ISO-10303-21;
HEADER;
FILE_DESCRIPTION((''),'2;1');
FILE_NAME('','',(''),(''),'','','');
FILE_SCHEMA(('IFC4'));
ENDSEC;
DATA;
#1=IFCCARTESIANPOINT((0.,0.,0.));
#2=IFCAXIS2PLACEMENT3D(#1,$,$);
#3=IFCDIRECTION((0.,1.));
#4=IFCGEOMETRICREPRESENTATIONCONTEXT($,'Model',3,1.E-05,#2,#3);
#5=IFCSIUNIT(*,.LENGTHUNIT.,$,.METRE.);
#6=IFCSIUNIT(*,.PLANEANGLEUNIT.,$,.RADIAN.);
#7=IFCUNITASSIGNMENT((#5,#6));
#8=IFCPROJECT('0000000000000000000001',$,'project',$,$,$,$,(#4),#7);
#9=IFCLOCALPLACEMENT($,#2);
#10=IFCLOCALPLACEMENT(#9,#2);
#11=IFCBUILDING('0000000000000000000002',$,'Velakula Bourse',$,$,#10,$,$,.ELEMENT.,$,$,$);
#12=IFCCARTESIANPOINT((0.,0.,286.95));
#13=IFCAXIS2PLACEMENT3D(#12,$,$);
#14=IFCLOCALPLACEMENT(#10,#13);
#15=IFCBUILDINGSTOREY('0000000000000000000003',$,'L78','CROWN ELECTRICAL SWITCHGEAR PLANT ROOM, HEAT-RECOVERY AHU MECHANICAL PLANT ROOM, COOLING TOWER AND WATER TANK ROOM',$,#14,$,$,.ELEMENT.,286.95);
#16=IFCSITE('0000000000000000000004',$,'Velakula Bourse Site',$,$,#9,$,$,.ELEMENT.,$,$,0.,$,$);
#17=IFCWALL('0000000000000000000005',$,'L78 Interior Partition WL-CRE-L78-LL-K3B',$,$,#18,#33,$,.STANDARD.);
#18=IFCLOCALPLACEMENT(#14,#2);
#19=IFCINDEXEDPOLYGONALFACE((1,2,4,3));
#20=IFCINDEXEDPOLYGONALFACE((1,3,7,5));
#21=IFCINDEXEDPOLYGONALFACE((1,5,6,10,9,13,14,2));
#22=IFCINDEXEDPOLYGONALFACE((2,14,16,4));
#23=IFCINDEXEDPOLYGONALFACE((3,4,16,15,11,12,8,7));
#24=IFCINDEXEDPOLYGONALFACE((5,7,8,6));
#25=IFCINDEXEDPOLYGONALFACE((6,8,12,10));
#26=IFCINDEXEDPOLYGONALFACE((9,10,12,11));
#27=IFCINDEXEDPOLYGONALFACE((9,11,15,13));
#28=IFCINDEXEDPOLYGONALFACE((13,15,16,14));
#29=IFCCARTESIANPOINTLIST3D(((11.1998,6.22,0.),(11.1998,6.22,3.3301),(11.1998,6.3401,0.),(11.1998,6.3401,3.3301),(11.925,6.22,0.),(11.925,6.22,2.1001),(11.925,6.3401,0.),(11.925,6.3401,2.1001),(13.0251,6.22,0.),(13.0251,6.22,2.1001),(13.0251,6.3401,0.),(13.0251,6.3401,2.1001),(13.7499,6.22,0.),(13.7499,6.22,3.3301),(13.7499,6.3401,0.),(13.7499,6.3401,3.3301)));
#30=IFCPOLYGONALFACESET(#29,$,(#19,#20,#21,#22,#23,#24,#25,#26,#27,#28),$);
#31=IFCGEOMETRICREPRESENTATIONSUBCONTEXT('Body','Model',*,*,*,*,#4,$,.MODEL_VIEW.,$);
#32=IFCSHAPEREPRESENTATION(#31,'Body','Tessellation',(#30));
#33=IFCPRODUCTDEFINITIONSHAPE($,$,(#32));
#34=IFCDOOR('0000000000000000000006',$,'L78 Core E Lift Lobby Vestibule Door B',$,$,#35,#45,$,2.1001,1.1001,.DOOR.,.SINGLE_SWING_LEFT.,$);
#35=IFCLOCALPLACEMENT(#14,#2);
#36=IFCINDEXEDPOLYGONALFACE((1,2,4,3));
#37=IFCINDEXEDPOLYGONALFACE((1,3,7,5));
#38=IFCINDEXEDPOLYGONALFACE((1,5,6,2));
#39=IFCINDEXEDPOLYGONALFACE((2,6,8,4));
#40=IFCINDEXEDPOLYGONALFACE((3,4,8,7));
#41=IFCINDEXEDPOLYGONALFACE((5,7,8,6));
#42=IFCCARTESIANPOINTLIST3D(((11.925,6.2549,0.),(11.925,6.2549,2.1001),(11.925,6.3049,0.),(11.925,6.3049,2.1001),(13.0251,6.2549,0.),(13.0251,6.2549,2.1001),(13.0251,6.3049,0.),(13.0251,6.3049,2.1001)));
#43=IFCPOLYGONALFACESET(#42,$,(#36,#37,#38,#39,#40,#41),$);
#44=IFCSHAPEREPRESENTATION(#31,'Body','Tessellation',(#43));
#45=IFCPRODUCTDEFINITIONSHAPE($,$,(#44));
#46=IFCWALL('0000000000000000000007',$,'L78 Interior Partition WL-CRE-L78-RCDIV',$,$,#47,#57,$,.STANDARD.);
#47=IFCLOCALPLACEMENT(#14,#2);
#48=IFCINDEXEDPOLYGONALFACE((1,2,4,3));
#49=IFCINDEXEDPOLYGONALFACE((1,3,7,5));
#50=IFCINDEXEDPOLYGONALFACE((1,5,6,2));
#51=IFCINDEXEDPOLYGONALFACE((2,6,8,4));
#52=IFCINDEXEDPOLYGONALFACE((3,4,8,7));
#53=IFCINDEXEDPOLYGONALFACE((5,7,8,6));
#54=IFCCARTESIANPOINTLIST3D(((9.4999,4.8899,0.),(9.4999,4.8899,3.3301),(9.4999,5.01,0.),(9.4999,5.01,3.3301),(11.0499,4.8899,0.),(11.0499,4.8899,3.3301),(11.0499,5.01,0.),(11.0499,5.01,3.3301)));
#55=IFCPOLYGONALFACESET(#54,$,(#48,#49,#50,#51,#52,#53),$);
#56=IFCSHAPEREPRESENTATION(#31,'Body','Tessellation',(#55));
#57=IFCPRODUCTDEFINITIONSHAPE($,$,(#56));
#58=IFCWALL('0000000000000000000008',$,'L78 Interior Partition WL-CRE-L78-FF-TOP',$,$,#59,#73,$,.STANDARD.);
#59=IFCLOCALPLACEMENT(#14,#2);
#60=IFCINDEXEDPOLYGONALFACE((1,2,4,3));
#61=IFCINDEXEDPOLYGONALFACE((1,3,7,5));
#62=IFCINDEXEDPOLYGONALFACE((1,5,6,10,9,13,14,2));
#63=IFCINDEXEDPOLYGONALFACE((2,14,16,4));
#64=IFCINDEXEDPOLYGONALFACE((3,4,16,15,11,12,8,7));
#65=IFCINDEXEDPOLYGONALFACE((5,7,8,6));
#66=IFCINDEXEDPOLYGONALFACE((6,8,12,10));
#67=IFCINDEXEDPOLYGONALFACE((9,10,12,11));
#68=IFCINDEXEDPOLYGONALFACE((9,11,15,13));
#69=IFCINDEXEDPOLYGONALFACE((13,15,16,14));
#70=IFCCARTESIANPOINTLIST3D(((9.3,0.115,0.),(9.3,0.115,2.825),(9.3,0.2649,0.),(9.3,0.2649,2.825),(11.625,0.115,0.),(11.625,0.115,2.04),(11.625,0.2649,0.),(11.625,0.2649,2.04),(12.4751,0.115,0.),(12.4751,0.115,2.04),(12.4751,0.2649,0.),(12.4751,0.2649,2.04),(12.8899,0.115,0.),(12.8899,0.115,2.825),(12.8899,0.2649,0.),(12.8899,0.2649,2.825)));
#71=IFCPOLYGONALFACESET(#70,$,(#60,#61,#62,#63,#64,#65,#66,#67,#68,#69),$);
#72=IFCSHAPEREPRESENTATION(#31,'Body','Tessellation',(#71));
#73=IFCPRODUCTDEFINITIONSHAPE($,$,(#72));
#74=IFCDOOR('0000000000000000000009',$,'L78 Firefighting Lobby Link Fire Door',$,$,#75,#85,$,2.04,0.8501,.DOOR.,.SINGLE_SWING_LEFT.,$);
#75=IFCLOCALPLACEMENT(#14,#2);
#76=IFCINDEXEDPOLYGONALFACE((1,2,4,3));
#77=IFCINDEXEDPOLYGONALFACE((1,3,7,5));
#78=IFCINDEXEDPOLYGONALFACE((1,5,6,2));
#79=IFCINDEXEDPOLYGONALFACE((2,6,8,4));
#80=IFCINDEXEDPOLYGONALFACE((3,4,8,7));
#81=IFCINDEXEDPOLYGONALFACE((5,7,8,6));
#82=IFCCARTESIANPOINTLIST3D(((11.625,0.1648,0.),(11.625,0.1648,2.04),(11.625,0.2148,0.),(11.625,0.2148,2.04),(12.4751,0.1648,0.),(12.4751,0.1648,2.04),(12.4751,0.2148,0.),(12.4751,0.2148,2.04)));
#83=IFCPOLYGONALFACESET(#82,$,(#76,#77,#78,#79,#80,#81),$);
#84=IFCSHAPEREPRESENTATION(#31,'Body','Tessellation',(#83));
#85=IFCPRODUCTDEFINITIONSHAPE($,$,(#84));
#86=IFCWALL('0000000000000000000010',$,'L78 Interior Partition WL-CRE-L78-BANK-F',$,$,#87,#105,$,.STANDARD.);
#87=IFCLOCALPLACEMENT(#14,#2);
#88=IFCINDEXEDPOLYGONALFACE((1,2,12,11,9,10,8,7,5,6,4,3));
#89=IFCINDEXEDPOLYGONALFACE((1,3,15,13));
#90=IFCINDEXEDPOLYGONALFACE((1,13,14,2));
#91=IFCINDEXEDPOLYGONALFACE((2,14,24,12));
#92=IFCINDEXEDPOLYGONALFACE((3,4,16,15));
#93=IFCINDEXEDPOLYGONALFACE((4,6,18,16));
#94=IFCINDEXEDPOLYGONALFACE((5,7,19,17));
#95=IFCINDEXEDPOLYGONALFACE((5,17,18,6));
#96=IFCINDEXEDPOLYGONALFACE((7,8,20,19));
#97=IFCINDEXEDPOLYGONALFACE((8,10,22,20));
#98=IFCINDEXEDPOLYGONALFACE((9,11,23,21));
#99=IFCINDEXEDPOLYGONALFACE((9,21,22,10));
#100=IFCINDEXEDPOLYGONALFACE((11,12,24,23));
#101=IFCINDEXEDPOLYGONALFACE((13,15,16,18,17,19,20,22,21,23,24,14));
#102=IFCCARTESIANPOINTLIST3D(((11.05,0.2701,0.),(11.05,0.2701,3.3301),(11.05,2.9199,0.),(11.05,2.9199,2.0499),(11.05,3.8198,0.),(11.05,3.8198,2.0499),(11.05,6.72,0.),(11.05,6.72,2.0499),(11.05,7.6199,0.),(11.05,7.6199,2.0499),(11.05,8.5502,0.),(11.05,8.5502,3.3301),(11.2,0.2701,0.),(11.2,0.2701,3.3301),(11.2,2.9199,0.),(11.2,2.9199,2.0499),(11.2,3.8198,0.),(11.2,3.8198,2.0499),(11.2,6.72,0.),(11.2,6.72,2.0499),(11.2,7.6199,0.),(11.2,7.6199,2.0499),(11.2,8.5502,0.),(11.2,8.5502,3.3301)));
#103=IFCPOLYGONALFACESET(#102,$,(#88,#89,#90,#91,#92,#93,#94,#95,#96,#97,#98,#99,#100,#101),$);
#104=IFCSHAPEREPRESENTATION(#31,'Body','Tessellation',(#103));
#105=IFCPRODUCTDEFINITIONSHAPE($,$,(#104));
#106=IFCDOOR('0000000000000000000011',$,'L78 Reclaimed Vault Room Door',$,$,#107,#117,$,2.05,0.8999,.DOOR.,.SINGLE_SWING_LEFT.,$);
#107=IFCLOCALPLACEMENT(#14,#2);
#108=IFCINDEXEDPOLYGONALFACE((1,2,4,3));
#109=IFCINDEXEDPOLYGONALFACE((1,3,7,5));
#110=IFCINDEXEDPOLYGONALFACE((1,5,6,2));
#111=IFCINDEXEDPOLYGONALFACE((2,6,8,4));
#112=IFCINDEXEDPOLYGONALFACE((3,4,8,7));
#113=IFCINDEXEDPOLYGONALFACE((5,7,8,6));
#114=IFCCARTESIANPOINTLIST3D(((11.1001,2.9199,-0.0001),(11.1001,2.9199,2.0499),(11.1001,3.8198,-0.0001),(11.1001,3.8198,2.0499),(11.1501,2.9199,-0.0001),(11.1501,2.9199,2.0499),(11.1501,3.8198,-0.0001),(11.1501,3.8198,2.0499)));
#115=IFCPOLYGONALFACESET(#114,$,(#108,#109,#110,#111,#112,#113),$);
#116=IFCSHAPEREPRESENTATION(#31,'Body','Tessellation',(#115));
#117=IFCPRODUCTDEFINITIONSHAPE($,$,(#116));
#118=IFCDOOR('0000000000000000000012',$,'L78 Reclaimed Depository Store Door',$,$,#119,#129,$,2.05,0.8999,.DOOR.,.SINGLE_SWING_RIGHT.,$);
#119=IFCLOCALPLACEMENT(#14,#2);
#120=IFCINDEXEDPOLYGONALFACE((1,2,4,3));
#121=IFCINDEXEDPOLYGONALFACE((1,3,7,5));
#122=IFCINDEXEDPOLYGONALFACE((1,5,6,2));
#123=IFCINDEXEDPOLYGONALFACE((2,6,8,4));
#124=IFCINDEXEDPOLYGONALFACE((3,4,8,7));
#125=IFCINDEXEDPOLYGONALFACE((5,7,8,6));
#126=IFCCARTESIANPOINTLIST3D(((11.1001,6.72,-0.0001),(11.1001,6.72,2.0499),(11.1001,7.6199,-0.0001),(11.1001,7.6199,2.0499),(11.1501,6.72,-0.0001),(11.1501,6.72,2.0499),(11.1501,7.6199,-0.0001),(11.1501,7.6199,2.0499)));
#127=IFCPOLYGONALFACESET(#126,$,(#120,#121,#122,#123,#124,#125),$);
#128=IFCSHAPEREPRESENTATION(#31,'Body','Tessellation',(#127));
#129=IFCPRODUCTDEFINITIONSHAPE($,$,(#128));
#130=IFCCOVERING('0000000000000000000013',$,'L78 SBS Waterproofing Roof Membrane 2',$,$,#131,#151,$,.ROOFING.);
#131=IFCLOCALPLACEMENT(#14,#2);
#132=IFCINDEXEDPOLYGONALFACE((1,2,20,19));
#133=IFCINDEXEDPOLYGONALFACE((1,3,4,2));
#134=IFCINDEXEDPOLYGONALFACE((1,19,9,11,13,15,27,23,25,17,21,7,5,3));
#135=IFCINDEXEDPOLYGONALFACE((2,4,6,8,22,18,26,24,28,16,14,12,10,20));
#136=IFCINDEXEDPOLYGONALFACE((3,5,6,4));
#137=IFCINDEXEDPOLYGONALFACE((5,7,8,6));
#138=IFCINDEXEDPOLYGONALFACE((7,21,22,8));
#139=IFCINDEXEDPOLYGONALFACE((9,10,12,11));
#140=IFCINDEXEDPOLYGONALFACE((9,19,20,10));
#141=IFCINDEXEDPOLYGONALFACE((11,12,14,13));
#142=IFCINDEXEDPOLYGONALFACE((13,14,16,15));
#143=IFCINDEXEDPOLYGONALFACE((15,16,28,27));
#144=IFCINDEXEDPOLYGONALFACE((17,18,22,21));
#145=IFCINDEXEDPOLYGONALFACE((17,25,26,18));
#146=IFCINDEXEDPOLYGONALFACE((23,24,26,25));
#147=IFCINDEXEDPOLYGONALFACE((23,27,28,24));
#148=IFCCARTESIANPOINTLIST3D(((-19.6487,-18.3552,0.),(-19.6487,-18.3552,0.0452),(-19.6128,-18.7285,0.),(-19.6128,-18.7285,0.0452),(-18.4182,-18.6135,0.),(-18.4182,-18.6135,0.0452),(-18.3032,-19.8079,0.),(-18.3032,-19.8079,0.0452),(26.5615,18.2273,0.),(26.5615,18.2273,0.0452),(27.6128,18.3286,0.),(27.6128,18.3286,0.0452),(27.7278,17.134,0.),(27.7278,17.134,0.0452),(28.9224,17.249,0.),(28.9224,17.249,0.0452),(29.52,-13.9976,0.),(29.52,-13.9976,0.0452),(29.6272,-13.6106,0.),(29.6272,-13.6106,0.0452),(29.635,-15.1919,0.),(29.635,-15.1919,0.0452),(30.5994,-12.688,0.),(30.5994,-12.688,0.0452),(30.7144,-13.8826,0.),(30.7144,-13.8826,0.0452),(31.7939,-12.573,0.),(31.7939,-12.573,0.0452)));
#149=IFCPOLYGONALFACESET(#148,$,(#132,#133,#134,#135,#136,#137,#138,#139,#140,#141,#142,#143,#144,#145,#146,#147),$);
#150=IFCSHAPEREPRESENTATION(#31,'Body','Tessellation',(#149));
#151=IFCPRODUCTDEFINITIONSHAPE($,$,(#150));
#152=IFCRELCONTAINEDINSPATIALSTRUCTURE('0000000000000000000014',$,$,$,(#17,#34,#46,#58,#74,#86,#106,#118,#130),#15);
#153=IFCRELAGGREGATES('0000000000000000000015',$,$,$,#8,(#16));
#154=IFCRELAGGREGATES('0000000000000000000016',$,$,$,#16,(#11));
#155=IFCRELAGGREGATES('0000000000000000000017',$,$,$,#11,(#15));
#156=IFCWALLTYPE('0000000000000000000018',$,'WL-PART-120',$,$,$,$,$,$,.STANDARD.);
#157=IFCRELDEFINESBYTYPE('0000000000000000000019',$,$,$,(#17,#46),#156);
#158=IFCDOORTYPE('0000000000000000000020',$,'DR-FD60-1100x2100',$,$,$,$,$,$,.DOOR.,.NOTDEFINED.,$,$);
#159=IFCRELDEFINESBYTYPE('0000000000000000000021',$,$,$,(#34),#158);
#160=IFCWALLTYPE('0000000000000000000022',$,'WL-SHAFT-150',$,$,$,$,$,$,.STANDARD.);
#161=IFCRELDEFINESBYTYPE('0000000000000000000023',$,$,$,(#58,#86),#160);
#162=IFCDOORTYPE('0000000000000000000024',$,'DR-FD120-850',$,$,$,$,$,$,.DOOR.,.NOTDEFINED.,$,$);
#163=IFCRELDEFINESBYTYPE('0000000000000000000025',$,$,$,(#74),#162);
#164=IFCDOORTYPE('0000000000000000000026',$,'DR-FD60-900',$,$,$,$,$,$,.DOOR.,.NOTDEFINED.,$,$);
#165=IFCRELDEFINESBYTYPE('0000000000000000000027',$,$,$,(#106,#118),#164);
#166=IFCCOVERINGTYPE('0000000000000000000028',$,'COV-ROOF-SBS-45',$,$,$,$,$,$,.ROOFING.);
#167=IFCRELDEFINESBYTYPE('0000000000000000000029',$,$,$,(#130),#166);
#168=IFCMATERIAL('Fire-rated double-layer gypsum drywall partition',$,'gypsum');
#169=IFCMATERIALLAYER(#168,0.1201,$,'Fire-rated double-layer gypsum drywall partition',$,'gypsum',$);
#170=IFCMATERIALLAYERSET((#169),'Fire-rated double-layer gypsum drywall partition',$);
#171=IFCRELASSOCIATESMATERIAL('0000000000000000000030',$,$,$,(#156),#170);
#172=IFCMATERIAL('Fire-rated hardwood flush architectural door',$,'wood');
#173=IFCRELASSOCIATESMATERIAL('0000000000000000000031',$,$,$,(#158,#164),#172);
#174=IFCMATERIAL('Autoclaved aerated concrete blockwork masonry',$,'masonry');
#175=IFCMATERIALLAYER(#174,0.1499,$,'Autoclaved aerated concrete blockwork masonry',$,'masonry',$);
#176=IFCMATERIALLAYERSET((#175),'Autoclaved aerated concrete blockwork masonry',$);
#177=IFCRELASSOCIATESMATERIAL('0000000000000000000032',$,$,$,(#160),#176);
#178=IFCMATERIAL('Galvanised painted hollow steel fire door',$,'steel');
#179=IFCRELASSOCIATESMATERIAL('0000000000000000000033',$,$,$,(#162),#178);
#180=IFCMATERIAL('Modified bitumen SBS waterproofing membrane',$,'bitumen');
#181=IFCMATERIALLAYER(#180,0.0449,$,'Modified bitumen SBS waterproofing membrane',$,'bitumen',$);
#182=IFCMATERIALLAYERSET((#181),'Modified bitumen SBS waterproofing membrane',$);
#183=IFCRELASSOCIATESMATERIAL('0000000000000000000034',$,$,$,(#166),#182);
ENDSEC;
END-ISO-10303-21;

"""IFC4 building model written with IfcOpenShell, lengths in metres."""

from ifc_helpers import new_model, si_unit, direction, frame, frame_2d, origin, place, context, subcontext, project, spatial, polyline, rectangle, outline, extrude, material, layer, layer_set, type_object, element, fill, save


model = new_model("IFC4")

# Units and contexts
model_context = context("Model", 3, precision=1e-05, world=origin(), true_north=direction((0.0, 1.0)))
body_context = subcontext(model_context, "Body", "Model", "MODEL_VIEW")
ifc_project = project(units=[si_unit("LENGTHUNIT", "METRE"), si_unit("PLANEANGLEUNIT", "RADIAN")], contexts=[model_context])

# Site, building, storey
site_placement = place(None, origin())
site = spatial("IfcSite", under=ifc_project, at=site_placement, Name="Velakula Bourse Site", CompositionType="ELEMENT", RefElevation=0.0)
building_placement = place(site_placement, origin())
building = spatial("IfcBuilding", under=site, at=building_placement, Name="Velakula Bourse", CompositionType="ELEMENT")
storey_placement = place(building_placement, frame((0.0, 0.0, 286.95)))
storey = spatial("IfcBuildingStorey", under=building, at=storey_placement, Name="L78", Description="CROWN ELECTRICAL SWITCHGEAR PLANT ROOM, HEAT-RECOVERY AHU MECHANICAL PLANT ROOM, COOLING TOWER AND WATER TANK ROOM", CompositionType="ELEMENT", Elevation=286.95)

# Wall, opening, door
ifc_material_1 = material(Name="Fire-rated double-layer gypsum drywall partition", Category="gypsum")
ifc_layer_1 = layer(ifc_material_1, 0.1201, Name="Fire-rated double-layer gypsum drywall partition", Category="gypsum")
ifc_layer_set_1 = layer_set([ifc_layer_1], Name="Fire-rated double-layer gypsum drywall partition")
wall_type_1 = type_object("IfcWallType", Name="WL-PART-120", PredefinedType="STANDARD", material=ifc_layer_set_1)
ifc_material_2 = material(Name="Fire-rated hardwood flush architectural door", Category="wood")
door_type_1 = type_object("IfcDoorType", Name="DR-FD60-1100x2100", OperationType="NOTDEFINED", PredefinedType="DOOR", material=ifc_material_2)
wall_1_placement = place(storey_placement, frame((11.2, 6.28, 0.0), z_axis=(0.0, 0.0, 1.0), x_axis=(1.0, 0.0, 0.0)))
wall_1 = element("IfcWall", 1, at=wall_1_placement, inside=storey, type_object=wall_type_1, Name="L78 Interior Partition WL-CRE-L78-LL-K3B", PredefinedType="STANDARD", context=body_context, shape_type="SweptSolid", body=[
    extrude(rectangle(XDim=2.55, YDim=0.1201, at=frame_2d((1.2749, 0.0))), origin(), (0.0, 0.0, 1.0), 3.3301),
])
opening_1_placement = place(wall_1_placement, frame((0.7251, 0.0, 0.0)))
opening_1 = element("IfcOpeningElement", 2, at=opening_1_placement, cuts=wall_1, PredefinedType="OPENING", context=body_context, shape_type="SweptSolid", body=[
    extrude(rectangle(XDim=1.1001, YDim=2.1001, at=frame_2d((0.55, 1.05))), frame((0.0, 0.0701, 0.0), z_axis=(0.0, -1.0, 0.0), x_axis=(1.0, 0.0, 0.0)), (0.0, 0.0, 1.0), 0.1401),
])
door_1_placement = place(opening_1_placement, origin())
door_1 = element("IfcDoor", 3, at=door_1_placement, inside=storey, type_object=door_type_1, Name="L78 Core E Lift Lobby Vestibule Door B", OperationType="SINGLE_SWING_LEFT", OverallHeight=2.1001, OverallWidth=1.1001, PredefinedType="DOOR", context=body_context, shape_type="SweptSolid", body=[
    extrude(rectangle(XDim=1.1001, YDim=2.1001, at=frame_2d((0.55, 1.05))), frame((0.0, 0.0249, 0.0), z_axis=(0.0, -1.0, 0.0), x_axis=(1.0, 0.0, 0.0)), (0.0, 0.0, 1.0), 0.05),
])
fill(opening_1, door_1)

# Wall
wall_2_placement = place(storey_placement, frame((9.5, 4.95, 0.0), z_axis=(0.0, 0.0, 1.0), x_axis=(1.0, 0.0, 0.0)))
element("IfcWall", 4, at=wall_2_placement, inside=storey, type_object=wall_type_1, Name="L78 Interior Partition WL-CRE-L78-RCDIV", PredefinedType="STANDARD", context=body_context, shape_type="SweptSolid", body=[
    extrude(rectangle(XDim=1.55, YDim=0.1201, at=frame_2d((0.7749, 0.0))), origin(), (0.0, 0.0, 1.0), 3.3301),
])

# Wall, opening, door
ifc_material_3 = material(Name="Autoclaved aerated concrete blockwork masonry", Category="masonry")
ifc_layer_2 = layer(ifc_material_3, 0.1499, Name="Autoclaved aerated concrete blockwork masonry", Category="masonry")
ifc_layer_set_2 = layer_set([ifc_layer_2], Name="Autoclaved aerated concrete blockwork masonry")
wall_type_2 = type_object("IfcWallType", Name="WL-SHAFT-150", PredefinedType="STANDARD", material=ifc_layer_set_2)
wall_3_placement = place(storey_placement, frame((9.3, 0.1899, 0.0), z_axis=(0.0, 0.0, 1.0), x_axis=(1.0, 0.0, 0.0)))
wall_3 = element("IfcWall", 5, at=wall_3_placement, inside=storey, type_object=wall_type_2, Name="L78 Interior Partition WL-CRE-L78-FF-TOP", PredefinedType="STANDARD", context=body_context, shape_type="SweptSolid", body=[
    extrude(rectangle(XDim=3.5898, YDim=0.1499, at=frame_2d((1.7949, 0.0))), origin(), (0.0, 0.0, 1.0), 2.825),
])
opening_2_placement = place(wall_3_placement, frame((2.325, 0.0, 0.0)))
opening_2 = element("IfcOpeningElement", 6, at=opening_2_placement, cuts=wall_3, PredefinedType="OPENING", context=body_context, shape_type="SweptSolid", body=[
    extrude(rectangle(XDim=0.8501, YDim=2.04, at=frame_2d((0.425, 1.02))), frame((0.0, 0.085, 0.0), z_axis=(0.0, -1.0, 0.0), x_axis=(1.0, 0.0, 0.0)), (0.0, 0.0, 1.0), 0.1699),
])
ifc_material_4 = material(Name="Galvanised painted hollow steel fire door", Category="steel")
door_type_2 = type_object("IfcDoorType", Name="DR-FD120-850", OperationType="NOTDEFINED", PredefinedType="DOOR", material=ifc_material_4)
door_2_placement = place(opening_2_placement, origin())
door_2 = element("IfcDoor", 7, at=door_2_placement, inside=storey, type_object=door_type_2, Name="L78 Firefighting Lobby Link Fire Door", OperationType="SINGLE_SWING_LEFT", OverallHeight=2.04, OverallWidth=0.8501, PredefinedType="DOOR", context=body_context, shape_type="SweptSolid", body=[
    extrude(rectangle(XDim=0.8501, YDim=2.04, at=frame_2d((0.425, 1.02))), frame((0.0, 0.0249, 0.0), z_axis=(0.0, -1.0, 0.0), x_axis=(1.0, 0.0, 0.0)), (0.0, 0.0, 1.0), 0.05),
])
fill(opening_2, door_2)

# Wall, openings, doors
wall_4_placement = place(storey_placement, frame((11.125, 0.27, 0.0), z_axis=(0.0, 0.0, 1.0), x_axis=(0.0, 1.0, 0.0)))
wall_4 = element("IfcWall", 8, at=wall_4_placement, inside=storey, type_object=wall_type_2, Name="L78 Interior Partition WL-CRE-L78-BANK-F", PredefinedType="STANDARD", context=body_context, shape_type="SweptSolid", body=[
    extrude(rectangle(XDim=8.28, YDim=0.1499, at=frame_2d((4.1401, 0.0))), origin(), (0.0, 0.0, 1.0), 3.3301),
])
opening_3_placement = place(wall_4_placement, frame((2.6499, 0.0, 0.0)))
opening_3 = element("IfcOpeningElement", 9, at=opening_3_placement, cuts=wall_4, PredefinedType="OPENING", context=body_context, shape_type="SweptSolid", body=[
    extrude(rectangle(XDim=0.8999, YDim=2.05, at=frame_2d((0.45, 1.0249))), frame((0.0, 0.085, 0.0), z_axis=(0.0, -1.0, 0.0), x_axis=(1.0, 0.0, 0.0)), (0.0, 0.0, 1.0), 0.1699),
])
opening_4_placement = place(wall_4_placement, frame((6.45, 0.0, 0.0)))
opening_4 = element("IfcOpeningElement", 10, at=opening_4_placement, cuts=wall_4, PredefinedType="OPENING", context=body_context, shape_type="SweptSolid", body=[
    extrude(rectangle(XDim=0.8999, YDim=2.05, at=frame_2d((0.45, 1.0249))), frame((0.0, 0.085, 0.0), z_axis=(0.0, -1.0, 0.0), x_axis=(1.0, 0.0, 0.0)), (0.0, 0.0, 1.0), 0.1699),
])
door_type_3 = type_object("IfcDoorType", Name="DR-FD60-900", OperationType="NOTDEFINED", PredefinedType="DOOR", material=ifc_material_2)
door_3_placement = place(opening_3_placement, origin())
door_3 = element("IfcDoor", 11, at=door_3_placement, inside=storey, type_object=door_type_3, Name="L78 Reclaimed Vault Room Door", OperationType="SINGLE_SWING_LEFT", OverallHeight=2.05, OverallWidth=0.8999, PredefinedType="DOOR", context=body_context, shape_type="SweptSolid", body=[
    extrude(rectangle(XDim=0.8999, YDim=2.05, at=frame_2d((0.45, 1.0249))), frame((0.0, 0.0249, 0.0), z_axis=(0.0, -1.0, 0.0), x_axis=(1.0, 0.0, 0.0)), (0.0, 0.0, 1.0), 0.05),
])
fill(opening_3, door_3)
door_4_placement = place(opening_4_placement, origin())
door_4 = element("IfcDoor", 12, at=door_4_placement, inside=storey, type_object=door_type_3, Name="L78 Reclaimed Depository Store Door", OperationType="SINGLE_SWING_RIGHT", OverallHeight=2.05, OverallWidth=0.8999, PredefinedType="DOOR", context=body_context, shape_type="SweptSolid", body=[
    extrude(rectangle(XDim=0.8999, YDim=2.05, at=frame_2d((0.45, 1.0249))), frame((0.0, 0.0249, 0.0), z_axis=(0.0, -1.0, 0.0), x_axis=(1.0, 0.0, 0.0)), (0.0, 0.0, 1.0), 0.05),
])
fill(opening_4, door_4)

# Covering
ifc_material_5 = material(Name="Modified bitumen SBS waterproofing membrane", Category="bitumen")
ifc_layer_3 = layer(ifc_material_5, 0.0449, Name="Modified bitumen SBS waterproofing membrane", Category="bitumen")
ifc_layer_set_3 = layer_set([ifc_layer_3], Name="Modified bitumen SBS waterproofing membrane")
covering_type = type_object("IfcCoveringType", Name="COV-ROOF-SBS-45", PredefinedType="ROOFING", material=ifc_layer_set_3)
covering_placement = place(storey_placement, origin())
element("IfcCovering", 13, at=covering_placement, inside=storey, type_object=covering_type, Name="L78 SBS Waterproofing Roof Membrane 2", PredefinedType="ROOFING", context=body_context, shape_type="SweptSolid", body=[
    extrude(outline(polyline([(26.5615, 18.2273), (27.6128, 18.3286), (27.7278, 17.134), (28.9224, 17.249), (31.7939, -12.573), (30.5994, -12.688), (30.7144, -13.8826), (29.52, -13.9976), (29.635, -15.1919), (-18.3032, -19.8079), (-18.4182, -18.6135), (-19.6128, -18.7285), (-19.6487, -18.3552), (29.6272, -13.6106), (26.5615, 18.2273)])), origin(), (0.0, 0.0, 1.0), 0.0452),
])

save(model, "model.ifc")
